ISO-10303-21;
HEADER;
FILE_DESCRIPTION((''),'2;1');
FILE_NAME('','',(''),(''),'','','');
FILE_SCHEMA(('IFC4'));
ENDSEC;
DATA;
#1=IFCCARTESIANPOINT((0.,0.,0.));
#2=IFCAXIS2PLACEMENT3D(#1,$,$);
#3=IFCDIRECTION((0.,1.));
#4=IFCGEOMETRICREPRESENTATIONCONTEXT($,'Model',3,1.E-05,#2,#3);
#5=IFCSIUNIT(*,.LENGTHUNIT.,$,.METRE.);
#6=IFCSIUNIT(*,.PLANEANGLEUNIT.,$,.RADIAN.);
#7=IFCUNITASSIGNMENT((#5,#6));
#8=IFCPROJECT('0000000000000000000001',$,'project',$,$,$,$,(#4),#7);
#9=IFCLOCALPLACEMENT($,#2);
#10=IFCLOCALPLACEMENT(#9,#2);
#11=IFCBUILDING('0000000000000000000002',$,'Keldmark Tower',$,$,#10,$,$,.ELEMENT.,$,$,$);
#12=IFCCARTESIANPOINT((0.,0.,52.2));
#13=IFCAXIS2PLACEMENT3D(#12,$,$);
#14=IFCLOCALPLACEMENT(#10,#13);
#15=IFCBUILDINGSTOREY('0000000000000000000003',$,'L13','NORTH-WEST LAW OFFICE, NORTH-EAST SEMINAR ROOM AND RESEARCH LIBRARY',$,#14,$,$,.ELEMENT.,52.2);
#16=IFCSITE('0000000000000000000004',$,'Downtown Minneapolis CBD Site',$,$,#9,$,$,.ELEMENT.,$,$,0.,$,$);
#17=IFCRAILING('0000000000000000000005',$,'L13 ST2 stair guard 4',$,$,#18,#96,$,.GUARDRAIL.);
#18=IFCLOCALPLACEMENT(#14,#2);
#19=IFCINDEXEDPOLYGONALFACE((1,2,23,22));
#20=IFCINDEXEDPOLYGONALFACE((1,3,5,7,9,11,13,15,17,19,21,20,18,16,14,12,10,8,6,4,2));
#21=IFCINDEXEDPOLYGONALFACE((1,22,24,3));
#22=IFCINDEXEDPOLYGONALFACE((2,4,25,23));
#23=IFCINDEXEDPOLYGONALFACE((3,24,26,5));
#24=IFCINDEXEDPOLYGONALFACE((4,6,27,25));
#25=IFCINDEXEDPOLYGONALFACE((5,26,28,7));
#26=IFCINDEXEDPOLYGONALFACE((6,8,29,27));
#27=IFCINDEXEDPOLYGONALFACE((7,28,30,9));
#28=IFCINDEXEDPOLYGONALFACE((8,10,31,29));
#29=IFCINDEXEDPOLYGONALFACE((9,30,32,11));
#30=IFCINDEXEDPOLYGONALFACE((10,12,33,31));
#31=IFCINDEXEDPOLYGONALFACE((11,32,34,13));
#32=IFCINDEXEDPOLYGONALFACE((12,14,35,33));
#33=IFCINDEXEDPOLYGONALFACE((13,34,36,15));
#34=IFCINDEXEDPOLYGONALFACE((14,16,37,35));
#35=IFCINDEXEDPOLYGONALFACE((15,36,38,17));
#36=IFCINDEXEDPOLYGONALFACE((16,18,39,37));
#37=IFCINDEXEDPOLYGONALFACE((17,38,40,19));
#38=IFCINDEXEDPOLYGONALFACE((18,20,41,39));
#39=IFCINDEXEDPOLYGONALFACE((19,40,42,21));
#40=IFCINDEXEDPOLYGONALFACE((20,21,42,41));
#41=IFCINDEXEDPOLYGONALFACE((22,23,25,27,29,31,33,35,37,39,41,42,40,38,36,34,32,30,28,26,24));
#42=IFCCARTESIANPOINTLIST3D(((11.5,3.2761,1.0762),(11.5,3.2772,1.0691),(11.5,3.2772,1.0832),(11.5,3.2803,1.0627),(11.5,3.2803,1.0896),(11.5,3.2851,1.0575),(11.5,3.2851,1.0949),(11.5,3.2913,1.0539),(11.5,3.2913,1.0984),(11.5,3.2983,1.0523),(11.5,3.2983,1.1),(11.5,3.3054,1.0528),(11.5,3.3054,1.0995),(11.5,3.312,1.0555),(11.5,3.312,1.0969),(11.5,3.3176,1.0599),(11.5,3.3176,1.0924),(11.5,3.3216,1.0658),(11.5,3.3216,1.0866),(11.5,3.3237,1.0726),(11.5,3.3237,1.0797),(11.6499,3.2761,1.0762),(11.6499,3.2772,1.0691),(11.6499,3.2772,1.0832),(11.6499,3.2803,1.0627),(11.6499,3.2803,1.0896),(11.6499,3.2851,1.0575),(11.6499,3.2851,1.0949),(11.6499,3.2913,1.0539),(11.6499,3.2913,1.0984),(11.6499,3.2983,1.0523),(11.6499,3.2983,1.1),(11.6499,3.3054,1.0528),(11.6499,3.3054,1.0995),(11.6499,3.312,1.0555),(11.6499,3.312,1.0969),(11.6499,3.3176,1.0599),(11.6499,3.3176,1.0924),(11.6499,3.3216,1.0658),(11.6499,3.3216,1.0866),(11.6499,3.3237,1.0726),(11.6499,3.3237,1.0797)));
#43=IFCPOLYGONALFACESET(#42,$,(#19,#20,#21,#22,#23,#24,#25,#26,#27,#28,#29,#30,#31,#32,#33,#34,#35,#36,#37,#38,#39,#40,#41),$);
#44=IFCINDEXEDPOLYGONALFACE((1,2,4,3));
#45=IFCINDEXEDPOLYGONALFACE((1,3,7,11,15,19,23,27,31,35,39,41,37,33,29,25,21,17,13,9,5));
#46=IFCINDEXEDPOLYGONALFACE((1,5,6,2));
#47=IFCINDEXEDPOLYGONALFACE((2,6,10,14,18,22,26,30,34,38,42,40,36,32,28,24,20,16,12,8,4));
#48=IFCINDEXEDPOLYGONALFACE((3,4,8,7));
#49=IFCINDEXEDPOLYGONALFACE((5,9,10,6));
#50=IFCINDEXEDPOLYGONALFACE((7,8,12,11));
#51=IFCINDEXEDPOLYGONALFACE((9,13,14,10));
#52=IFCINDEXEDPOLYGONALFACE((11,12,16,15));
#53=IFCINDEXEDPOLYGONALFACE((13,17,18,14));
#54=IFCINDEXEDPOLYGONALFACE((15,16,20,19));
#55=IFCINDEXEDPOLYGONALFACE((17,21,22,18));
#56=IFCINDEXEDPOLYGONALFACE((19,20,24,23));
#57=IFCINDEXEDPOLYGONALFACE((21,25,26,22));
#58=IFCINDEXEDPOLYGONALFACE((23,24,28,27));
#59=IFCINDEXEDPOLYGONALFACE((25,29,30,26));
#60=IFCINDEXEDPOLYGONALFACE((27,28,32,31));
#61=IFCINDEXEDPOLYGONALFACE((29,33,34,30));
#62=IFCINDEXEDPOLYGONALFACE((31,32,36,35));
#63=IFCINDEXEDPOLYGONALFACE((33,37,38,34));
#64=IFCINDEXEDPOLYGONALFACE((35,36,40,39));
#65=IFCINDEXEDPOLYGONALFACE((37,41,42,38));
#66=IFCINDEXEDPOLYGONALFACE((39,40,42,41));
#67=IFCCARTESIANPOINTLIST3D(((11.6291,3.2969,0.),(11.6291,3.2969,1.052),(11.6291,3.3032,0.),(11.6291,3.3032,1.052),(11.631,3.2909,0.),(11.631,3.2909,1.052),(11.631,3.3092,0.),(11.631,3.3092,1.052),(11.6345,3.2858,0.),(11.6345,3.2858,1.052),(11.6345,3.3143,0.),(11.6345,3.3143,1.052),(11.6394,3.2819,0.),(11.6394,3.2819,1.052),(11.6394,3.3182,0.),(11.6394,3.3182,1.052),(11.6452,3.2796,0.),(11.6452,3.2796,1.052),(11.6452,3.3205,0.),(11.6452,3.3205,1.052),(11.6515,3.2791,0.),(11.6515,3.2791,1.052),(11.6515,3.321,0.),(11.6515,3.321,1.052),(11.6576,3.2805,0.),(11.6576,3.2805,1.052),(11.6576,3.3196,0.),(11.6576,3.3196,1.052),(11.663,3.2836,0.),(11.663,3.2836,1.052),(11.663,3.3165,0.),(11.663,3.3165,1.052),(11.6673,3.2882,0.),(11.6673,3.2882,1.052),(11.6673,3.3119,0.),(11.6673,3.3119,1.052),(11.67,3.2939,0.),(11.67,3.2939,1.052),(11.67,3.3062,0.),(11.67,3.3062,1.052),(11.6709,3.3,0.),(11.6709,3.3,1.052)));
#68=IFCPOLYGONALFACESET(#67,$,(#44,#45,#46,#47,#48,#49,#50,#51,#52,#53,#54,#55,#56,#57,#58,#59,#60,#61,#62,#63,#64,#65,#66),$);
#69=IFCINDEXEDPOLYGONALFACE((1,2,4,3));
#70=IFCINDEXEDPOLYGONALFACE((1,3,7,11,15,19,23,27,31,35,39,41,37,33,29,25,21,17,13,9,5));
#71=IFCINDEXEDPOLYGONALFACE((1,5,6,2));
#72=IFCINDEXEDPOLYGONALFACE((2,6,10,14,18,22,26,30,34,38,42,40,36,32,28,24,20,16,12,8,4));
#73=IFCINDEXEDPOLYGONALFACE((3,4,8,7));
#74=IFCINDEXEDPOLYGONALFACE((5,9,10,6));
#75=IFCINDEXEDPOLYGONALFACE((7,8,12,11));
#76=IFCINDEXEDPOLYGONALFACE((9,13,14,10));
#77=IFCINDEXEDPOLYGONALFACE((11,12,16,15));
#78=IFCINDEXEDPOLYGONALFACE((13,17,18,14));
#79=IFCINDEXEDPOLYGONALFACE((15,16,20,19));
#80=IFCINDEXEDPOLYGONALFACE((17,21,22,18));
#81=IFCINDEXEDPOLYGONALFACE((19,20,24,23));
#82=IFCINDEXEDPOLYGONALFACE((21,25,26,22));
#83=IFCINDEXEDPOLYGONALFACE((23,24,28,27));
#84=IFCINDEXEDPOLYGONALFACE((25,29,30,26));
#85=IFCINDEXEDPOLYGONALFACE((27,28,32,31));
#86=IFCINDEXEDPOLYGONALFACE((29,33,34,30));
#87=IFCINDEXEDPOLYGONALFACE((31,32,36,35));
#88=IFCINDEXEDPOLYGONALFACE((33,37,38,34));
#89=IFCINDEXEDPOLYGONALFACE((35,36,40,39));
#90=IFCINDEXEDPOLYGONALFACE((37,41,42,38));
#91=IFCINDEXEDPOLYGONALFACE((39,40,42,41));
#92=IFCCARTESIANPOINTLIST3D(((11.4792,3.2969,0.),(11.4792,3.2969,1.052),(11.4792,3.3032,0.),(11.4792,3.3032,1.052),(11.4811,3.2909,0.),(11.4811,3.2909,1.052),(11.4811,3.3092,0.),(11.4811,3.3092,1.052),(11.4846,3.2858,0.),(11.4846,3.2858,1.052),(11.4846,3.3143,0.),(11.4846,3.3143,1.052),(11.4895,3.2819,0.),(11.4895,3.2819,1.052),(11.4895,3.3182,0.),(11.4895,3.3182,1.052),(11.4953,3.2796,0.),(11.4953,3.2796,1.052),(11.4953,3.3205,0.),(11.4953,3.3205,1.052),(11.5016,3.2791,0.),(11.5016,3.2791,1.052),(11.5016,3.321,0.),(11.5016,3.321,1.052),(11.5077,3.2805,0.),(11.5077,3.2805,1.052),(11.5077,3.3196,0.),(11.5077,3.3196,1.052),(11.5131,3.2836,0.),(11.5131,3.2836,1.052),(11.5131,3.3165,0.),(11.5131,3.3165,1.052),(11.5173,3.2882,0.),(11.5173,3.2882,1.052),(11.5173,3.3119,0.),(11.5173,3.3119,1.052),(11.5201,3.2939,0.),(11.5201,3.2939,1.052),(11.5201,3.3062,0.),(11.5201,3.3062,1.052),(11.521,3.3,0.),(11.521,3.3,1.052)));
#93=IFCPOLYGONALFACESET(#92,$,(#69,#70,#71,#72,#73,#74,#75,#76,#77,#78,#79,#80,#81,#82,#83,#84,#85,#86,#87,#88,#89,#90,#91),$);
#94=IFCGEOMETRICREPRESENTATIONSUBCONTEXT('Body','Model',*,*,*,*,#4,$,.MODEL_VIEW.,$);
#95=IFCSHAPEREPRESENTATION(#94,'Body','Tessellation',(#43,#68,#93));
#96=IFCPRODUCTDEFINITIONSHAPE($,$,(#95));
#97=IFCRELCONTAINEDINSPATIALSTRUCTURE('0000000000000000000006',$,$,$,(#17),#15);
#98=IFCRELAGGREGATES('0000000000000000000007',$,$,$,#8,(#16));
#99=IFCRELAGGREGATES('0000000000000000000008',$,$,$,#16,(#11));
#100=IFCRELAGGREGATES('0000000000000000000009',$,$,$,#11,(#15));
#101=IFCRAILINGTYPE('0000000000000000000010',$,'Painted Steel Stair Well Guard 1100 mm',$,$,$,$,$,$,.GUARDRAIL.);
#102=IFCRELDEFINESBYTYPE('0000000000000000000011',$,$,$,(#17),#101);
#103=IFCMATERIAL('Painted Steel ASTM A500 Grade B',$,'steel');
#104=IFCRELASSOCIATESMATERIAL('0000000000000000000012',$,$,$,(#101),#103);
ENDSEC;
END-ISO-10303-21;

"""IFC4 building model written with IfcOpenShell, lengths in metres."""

from ifc_helpers import new_model, si_unit, direction, frame, origin, origin_2d, place, context, subcontext, project, spatial, circle, extrude, material, type_object, element, save


model = new_model("IFC4")

# Units and contexts
model_context = context("Model", 3, precision=1e-05, world=origin(), true_north=direction((0.0, 1.0)))
body_context = subcontext(model_context, "Body", "Model", "MODEL_VIEW")
ifc_project = project(units=[si_unit("LENGTHUNIT", "METRE"), si_unit("PLANEANGLEUNIT", "RADIAN")], contexts=[model_context])

# Site, building, storey
site_placement = place(None, origin())
site = spatial("IfcSite", under=ifc_project, at=site_placement, Name="Downtown Minneapolis CBD Site", CompositionType="ELEMENT", RefElevation=0.0)
building_placement = place(site_placement, origin())
building = spatial("IfcBuilding", under=site, at=building_placement, Name="Keldmark Tower", CompositionType="ELEMENT")
storey_placement = place(building_placement, frame((0.0, 0.0, 52.2)))
storey = spatial("IfcBuildingStorey", under=building, at=storey_placement, Name="L13", Description="NORTH-WEST LAW OFFICE, NORTH-EAST SEMINAR ROOM AND RESEARCH LIBRARY", CompositionType="ELEMENT", Elevation=52.2)

# Railing
ifc_material_1 = material(Name="Painted Steel ASTM A500 Grade B", Category="steel")
railing_type_1 = type_object("IfcRailingType", Name="Painted Steel Stair Well Guard 1100 mm", PredefinedType="GUARDRAIL", material=ifc_material_1)
railing_1_placement = place(storey_placement, frame((11.6499, 3.3, 0.0)))
element("IfcRailing", 1, at=railing_1_placement, inside=storey, type_object=railing_type_1, Name="L13 ST2 stair guard 4", PredefinedType="GUARDRAIL", context=body_context, shape_type="SweptSolid", body=[
    extrude(circle(Radius=0.0239, at=origin_2d()), frame((0.0, 0.0, 1.0762), z_axis=(-1.0, 0.0, 0.0), x_axis=(0.0, -1.0, 0.0)), (0.0, 0.0, 1.0), 0.1499),
    extrude(circle(Radius=0.021, at=origin_2d()), origin(), (0.0, 0.0, 1.0), 1.052),
    extrude(circle(Radius=0.021, at=origin_2d()), frame((-0.1499, 0.0, 0.0)), (0.0, 0.0, 1.0), 1.052),
])

save(model, "model.ifc")
